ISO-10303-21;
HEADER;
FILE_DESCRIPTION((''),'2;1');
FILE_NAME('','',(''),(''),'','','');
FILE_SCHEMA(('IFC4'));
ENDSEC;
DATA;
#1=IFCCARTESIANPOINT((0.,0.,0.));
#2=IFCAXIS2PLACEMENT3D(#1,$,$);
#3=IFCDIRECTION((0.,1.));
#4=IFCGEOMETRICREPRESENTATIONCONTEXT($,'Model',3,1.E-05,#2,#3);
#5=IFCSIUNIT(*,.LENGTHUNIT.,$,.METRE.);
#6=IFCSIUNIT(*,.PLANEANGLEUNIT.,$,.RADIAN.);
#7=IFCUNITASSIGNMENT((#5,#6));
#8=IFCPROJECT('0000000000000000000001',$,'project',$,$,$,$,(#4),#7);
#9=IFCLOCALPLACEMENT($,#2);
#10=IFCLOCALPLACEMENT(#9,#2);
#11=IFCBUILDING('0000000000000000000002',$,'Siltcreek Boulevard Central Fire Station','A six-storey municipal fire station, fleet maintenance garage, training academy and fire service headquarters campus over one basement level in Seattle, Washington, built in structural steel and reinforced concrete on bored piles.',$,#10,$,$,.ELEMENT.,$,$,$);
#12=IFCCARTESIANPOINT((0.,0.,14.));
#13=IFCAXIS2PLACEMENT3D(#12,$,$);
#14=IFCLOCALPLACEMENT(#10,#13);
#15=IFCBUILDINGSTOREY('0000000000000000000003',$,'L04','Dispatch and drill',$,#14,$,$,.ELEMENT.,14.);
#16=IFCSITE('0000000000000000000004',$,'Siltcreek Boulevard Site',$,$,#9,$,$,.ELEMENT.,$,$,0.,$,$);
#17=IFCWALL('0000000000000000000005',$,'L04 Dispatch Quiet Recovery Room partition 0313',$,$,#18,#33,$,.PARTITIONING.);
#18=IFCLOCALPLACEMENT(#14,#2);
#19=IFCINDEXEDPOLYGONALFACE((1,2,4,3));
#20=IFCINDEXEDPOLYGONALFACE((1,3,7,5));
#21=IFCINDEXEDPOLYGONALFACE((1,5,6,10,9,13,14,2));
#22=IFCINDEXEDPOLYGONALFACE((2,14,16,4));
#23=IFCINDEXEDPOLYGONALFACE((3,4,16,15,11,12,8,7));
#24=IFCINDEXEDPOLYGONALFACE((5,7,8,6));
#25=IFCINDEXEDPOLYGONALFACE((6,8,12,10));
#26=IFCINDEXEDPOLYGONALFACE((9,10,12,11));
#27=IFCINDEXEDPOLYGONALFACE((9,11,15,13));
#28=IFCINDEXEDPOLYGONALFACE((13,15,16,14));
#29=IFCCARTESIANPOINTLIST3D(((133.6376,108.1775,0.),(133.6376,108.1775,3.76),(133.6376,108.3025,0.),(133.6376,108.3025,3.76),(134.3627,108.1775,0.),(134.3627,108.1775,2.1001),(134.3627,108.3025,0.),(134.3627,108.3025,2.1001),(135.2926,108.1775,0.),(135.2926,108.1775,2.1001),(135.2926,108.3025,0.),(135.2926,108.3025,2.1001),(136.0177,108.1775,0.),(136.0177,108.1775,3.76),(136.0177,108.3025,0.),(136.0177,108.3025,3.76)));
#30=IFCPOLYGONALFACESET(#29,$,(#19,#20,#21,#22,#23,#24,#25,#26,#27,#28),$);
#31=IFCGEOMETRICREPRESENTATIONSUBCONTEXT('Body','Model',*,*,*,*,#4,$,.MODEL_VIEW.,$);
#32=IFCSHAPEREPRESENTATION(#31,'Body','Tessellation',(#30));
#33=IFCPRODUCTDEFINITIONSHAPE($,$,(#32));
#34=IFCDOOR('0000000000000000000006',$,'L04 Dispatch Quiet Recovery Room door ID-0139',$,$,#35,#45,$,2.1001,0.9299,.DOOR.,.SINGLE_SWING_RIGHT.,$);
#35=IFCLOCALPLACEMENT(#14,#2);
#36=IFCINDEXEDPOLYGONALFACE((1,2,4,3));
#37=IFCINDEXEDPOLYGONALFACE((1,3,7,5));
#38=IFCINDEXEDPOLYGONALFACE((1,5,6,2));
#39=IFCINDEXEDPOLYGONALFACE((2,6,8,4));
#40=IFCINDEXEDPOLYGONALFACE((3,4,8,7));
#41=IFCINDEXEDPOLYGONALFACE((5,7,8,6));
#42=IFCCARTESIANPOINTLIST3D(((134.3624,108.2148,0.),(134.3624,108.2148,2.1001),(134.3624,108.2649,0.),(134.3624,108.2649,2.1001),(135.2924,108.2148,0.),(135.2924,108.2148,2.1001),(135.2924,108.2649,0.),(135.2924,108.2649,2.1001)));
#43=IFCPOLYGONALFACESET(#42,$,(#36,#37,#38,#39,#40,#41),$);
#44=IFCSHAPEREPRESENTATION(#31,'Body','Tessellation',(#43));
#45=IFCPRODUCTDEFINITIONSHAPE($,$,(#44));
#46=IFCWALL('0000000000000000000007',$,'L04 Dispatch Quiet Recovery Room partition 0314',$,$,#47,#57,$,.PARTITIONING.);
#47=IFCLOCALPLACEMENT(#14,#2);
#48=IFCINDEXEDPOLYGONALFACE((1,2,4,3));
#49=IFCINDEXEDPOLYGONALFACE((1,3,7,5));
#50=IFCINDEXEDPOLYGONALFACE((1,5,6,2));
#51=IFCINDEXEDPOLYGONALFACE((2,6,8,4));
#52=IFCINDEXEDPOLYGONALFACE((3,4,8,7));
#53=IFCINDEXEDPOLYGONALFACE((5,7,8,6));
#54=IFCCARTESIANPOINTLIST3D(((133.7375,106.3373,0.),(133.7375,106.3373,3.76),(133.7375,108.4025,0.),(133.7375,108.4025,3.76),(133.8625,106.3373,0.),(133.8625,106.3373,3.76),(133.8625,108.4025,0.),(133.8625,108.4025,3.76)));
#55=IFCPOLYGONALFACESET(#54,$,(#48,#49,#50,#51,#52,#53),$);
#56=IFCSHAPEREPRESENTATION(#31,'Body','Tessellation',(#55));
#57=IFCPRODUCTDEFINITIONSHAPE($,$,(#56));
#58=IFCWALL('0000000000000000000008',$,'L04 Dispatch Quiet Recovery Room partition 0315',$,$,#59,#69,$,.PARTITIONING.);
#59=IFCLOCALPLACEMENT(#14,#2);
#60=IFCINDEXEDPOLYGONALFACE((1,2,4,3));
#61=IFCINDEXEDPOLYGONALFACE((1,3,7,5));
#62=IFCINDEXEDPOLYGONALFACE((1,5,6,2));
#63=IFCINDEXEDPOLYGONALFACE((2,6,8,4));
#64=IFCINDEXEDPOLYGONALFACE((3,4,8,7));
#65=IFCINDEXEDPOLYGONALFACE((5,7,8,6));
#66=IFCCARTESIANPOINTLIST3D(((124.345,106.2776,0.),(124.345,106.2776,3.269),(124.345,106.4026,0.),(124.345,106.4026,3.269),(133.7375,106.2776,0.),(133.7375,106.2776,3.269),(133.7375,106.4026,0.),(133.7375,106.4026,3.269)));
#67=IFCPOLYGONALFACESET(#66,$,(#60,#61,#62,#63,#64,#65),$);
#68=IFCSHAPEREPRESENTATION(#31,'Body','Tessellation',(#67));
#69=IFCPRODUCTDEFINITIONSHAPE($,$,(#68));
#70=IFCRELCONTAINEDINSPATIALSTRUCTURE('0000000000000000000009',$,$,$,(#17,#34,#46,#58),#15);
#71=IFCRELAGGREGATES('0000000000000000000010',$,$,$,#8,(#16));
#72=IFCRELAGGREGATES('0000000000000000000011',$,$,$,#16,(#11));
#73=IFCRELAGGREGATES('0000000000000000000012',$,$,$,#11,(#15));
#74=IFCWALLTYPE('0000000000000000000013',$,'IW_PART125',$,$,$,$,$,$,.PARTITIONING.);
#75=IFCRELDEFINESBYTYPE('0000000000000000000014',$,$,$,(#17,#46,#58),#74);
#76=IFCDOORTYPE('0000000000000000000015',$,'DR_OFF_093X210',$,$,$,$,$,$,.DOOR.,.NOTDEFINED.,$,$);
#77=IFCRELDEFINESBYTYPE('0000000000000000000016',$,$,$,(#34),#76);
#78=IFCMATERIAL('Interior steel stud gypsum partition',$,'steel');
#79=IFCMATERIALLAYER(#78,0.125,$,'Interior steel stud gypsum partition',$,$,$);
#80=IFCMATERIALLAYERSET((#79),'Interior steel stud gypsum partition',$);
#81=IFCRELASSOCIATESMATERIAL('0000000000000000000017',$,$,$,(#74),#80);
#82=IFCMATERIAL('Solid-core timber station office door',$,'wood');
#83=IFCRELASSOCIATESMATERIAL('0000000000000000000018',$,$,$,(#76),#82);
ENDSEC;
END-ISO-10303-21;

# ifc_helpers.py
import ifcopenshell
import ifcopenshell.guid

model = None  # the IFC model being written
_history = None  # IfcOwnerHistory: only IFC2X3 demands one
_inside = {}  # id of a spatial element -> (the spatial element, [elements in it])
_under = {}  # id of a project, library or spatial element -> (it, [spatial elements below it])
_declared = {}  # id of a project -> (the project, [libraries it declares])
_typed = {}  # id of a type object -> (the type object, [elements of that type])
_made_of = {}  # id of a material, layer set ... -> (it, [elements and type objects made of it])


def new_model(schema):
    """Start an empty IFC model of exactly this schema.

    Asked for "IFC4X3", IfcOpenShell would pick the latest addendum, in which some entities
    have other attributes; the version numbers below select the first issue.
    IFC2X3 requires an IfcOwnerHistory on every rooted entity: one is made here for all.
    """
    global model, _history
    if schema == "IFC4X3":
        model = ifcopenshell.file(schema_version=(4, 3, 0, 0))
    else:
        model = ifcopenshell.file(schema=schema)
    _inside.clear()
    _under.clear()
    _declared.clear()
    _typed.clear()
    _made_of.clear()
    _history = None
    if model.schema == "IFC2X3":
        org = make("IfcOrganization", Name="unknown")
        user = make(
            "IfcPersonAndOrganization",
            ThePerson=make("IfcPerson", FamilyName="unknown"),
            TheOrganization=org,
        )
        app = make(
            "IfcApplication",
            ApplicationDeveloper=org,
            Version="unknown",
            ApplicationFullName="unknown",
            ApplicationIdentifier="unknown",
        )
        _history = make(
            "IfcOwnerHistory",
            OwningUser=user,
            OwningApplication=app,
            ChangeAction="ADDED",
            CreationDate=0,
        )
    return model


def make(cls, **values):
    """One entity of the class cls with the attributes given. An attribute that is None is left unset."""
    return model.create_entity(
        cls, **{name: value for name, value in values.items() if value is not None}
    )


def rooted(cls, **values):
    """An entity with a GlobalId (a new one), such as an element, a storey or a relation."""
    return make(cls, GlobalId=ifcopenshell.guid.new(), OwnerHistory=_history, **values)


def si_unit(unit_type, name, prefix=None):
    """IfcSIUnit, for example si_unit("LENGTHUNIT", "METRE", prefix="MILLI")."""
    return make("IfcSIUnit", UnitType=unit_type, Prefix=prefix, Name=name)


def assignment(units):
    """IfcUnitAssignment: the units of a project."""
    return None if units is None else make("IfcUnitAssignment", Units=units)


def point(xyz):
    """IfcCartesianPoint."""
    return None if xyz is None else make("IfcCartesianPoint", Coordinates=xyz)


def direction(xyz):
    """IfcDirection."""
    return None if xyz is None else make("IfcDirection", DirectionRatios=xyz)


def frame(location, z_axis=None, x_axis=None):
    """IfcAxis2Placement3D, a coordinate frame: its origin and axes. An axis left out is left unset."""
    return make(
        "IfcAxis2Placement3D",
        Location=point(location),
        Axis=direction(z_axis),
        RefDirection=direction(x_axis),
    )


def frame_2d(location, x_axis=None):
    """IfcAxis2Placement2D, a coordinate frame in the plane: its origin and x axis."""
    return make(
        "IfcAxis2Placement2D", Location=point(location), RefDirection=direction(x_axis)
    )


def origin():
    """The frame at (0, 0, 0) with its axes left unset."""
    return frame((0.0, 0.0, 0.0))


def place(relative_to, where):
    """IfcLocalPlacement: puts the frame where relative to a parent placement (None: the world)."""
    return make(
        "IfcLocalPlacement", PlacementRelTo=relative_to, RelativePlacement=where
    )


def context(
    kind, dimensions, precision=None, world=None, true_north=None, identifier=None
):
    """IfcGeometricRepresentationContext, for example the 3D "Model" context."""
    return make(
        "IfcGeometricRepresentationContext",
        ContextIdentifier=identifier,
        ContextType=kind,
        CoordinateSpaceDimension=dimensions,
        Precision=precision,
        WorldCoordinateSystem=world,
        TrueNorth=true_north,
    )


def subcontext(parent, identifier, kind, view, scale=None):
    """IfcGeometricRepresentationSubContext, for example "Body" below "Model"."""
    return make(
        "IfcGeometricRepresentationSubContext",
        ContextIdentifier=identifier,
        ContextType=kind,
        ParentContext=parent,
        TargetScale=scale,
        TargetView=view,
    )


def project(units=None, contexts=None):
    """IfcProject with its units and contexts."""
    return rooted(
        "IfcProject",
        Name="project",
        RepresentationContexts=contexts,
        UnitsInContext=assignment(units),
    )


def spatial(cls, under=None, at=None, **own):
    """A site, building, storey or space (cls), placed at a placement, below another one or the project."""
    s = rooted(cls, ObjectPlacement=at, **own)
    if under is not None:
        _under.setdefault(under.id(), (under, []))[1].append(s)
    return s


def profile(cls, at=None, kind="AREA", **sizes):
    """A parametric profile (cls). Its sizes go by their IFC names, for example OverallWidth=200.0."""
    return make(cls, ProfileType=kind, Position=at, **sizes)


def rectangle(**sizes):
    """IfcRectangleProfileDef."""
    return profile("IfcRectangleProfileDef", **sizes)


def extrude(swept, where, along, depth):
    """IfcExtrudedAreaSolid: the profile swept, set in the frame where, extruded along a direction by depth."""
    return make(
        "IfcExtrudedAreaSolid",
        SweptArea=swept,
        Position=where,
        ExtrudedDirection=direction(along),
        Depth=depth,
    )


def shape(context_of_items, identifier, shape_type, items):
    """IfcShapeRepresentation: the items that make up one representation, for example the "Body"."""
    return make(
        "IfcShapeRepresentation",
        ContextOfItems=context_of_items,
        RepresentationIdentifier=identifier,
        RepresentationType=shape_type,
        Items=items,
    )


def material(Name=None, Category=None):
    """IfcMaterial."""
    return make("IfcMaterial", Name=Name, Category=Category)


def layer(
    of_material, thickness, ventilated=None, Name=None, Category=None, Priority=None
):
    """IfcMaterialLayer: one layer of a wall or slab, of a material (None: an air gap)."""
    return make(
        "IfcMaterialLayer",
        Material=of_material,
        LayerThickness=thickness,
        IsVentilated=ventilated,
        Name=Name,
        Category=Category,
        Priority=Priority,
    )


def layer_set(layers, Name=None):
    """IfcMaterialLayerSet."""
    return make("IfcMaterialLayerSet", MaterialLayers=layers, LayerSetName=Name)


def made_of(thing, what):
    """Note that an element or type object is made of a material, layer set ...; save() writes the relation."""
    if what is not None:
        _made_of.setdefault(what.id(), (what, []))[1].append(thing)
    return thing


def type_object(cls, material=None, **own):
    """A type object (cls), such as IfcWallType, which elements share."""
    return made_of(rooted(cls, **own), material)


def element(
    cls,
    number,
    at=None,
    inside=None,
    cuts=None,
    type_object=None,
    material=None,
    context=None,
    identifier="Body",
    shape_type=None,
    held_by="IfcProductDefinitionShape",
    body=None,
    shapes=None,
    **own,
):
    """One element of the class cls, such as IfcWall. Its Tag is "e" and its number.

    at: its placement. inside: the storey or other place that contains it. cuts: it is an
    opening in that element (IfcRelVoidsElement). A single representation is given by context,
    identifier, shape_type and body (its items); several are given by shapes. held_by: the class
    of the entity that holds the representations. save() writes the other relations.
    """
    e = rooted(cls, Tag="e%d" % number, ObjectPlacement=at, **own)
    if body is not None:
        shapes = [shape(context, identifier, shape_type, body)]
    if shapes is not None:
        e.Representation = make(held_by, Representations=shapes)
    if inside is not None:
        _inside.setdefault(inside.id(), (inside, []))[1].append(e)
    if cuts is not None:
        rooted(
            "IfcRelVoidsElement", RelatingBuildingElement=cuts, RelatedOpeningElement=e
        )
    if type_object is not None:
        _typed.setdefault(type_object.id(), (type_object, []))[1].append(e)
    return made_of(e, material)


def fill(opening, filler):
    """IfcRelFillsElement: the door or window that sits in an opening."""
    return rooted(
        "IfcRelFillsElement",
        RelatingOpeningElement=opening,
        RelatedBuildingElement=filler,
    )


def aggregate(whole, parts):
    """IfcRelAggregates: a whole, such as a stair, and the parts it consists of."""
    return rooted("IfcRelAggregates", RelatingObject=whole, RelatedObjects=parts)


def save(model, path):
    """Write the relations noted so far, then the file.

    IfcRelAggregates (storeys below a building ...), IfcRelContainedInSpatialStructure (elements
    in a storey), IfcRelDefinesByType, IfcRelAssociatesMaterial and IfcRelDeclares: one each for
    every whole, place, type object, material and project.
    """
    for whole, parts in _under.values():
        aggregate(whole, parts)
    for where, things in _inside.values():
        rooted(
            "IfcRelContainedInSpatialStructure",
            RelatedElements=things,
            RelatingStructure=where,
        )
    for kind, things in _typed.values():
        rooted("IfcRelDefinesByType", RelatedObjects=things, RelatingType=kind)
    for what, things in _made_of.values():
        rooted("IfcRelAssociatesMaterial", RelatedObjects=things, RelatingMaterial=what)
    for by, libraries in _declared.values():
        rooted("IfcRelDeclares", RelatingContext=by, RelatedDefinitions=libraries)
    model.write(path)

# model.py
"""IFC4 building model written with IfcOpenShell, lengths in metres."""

from ifc_helpers import new_model, si_unit, direction, frame, frame_2d, origin, place, context, subcontext, project, spatial, rectangle, extrude, material, layer, layer_set, type_object, element, fill, save


model = new_model("IFC4")

# Units and contexts
model_context = context("Model", 3, precision=1e-05, world=origin(), true_north=direction((0.0, 1.0)))
body_context = subcontext(model_context, "Body", "Model", "MODEL_VIEW")
ifc_project = project(units=[si_unit("LENGTHUNIT", "METRE"), si_unit("PLANEANGLEUNIT", "RADIAN")], contexts=[model_context])

# Site, building, storey
site_placement = place(None, origin())
site = spatial("IfcSite", under=ifc_project, at=site_placement, Name="Siltcreek Boulevard Site", CompositionType="ELEMENT", RefElevation=0.0)
building_placement = place(site_placement, origin())
building = spatial("IfcBuilding", under=site, at=building_placement, Name="Siltcreek Boulevard Central Fire Station", Description="A six-storey municipal fire station, fleet maintenance garage, training academy and fire service headquarters campus over one basement level in Seattle, Washington, built in structural steel and reinforced concrete on bored piles.", CompositionType="ELEMENT")
storey_placement = place(building_placement, frame((0.0, 0.0, 14.0)))
storey = spatial("IfcBuildingStorey", under=building, at=storey_placement, Name="L04", Description="Dispatch and drill", CompositionType="ELEMENT", Elevation=14.0)

# Shared definitions
ifc_material_1 = material(Name="Interior steel stud gypsum partition", Category="steel")
ifc_layer_1 = layer(ifc_material_1, 0.125, Name="Interior steel stud gypsum partition")
ifc_layer_set_1 = layer_set([ifc_layer_1], Name="Interior steel stud gypsum partition")
wall_type_1 = type_object("IfcWallType", Name="IW_PART125", PredefinedType="PARTITIONING", material=ifc_layer_set_1)

# Wall, opening, door
wall_1_placement = place(storey_placement, frame((136.0176, 108.24, 0.0), z_axis=(0.0, 0.0, 1.0), x_axis=(-1.0, 0.0, 0.0)))
wall_1 = element("IfcWall", 1, at=wall_1_placement, inside=storey, type_object=wall_type_1, Name="L04 Dispatch Quiet Recovery Room partition 0313", PredefinedType="PARTITIONING", context=body_context, shape_type="SweptSolid", body=[
    extrude(rectangle(XDim=2.3801, YDim=0.125, at=frame_2d((1.1899, 0.0))), origin(), (0.0, 0.0, 1.0), 3.76),
])
opening_placement = place(wall_1_placement, frame((0.7251, 0.0, 0.0)))
opening = element("IfcOpeningElement", 2, at=opening_placement, cuts=wall_1, PredefinedType="OPENING", context=body_context, shape_type="SweptSolid", body=[
    extrude(rectangle(XDim=0.9299, YDim=2.1001, at=frame_2d((0.4648, 1.05))), frame((0.0, 0.0725, 0.0), z_axis=(0.0, -1.0, 0.0), x_axis=(1.0, 0.0, 0.0)), (0.0, 0.0, 1.0), 0.145),
])
ifc_material_2 = material(Name="Solid-core timber station office door", Category="wood")
door_type = type_object("IfcDoorType", Name="DR_OFF_093X210", OperationType="NOTDEFINED", PredefinedType="DOOR", material=ifc_material_2)
door_placement = place(opening_placement, frame((0.9299, 0.0, 0.0), z_axis=(0.0, 0.0, 1.0), x_axis=(-1.0, 0.0, 0.0)))
door = element("IfcDoor", 3, at=door_placement, inside=storey, type_object=door_type, Name="L04 Dispatch Quiet Recovery Room door ID-0139", OperationType="SINGLE_SWING_RIGHT", OverallHeight=2.1001, OverallWidth=0.9299, PredefinedType="DOOR", context=body_context, shape_type="SweptSolid", body=[
    extrude(rectangle(XDim=0.9299, YDim=2.1001, at=frame_2d((0.4648, 1.05))), frame((0.0, 0.0249, 0.0), z_axis=(0.0, -1.0, 0.0), x_axis=(1.0, 0.0, 0.0)), (0.0, 0.0, 1.0), 0.05),
])
fill(opening, door)

# Walls
wall_2_placement = place(storey_placement, frame((133.8, 108.4026, 0.0), z_axis=(0.0, 0.0, 1.0), x_axis=(0.0, -1.0, 0.0)))
element("IfcWall", 4, at=wall_2_placement, inside=storey, type_object=wall_type_1, Name="L04 Dispatch Quiet Recovery Room partition 0314", PredefinedType="PARTITIONING", context=body_context, shape_type="SweptSolid", body=[
    extrude(rectangle(XDim=2.0652, YDim=0.125, at=frame_2d((1.0327, 0.0))), origin(), (0.0, 0.0, 1.0), 3.76),
])
wall_3_placement = place(storey_placement, frame((133.7375, 106.3401, 0.0), z_axis=(0.0, 0.0, 1.0), x_axis=(-1.0, 0.0, 0.0)))
element("IfcWall", 5, at=wall_3_placement, inside=storey, type_object=wall_type_1, Name="L04 Dispatch Quiet Recovery Room partition 0315", PredefinedType="PARTITIONING", context=body_context, shape_type="SweptSolid", body=[
    extrude(rectangle(XDim=9.3926, YDim=0.125, at=frame_2d((4.6963, 0.0))), origin(), (0.0, 0.0, 1.0), 3.269),
])

save(model, "model.ifc")
